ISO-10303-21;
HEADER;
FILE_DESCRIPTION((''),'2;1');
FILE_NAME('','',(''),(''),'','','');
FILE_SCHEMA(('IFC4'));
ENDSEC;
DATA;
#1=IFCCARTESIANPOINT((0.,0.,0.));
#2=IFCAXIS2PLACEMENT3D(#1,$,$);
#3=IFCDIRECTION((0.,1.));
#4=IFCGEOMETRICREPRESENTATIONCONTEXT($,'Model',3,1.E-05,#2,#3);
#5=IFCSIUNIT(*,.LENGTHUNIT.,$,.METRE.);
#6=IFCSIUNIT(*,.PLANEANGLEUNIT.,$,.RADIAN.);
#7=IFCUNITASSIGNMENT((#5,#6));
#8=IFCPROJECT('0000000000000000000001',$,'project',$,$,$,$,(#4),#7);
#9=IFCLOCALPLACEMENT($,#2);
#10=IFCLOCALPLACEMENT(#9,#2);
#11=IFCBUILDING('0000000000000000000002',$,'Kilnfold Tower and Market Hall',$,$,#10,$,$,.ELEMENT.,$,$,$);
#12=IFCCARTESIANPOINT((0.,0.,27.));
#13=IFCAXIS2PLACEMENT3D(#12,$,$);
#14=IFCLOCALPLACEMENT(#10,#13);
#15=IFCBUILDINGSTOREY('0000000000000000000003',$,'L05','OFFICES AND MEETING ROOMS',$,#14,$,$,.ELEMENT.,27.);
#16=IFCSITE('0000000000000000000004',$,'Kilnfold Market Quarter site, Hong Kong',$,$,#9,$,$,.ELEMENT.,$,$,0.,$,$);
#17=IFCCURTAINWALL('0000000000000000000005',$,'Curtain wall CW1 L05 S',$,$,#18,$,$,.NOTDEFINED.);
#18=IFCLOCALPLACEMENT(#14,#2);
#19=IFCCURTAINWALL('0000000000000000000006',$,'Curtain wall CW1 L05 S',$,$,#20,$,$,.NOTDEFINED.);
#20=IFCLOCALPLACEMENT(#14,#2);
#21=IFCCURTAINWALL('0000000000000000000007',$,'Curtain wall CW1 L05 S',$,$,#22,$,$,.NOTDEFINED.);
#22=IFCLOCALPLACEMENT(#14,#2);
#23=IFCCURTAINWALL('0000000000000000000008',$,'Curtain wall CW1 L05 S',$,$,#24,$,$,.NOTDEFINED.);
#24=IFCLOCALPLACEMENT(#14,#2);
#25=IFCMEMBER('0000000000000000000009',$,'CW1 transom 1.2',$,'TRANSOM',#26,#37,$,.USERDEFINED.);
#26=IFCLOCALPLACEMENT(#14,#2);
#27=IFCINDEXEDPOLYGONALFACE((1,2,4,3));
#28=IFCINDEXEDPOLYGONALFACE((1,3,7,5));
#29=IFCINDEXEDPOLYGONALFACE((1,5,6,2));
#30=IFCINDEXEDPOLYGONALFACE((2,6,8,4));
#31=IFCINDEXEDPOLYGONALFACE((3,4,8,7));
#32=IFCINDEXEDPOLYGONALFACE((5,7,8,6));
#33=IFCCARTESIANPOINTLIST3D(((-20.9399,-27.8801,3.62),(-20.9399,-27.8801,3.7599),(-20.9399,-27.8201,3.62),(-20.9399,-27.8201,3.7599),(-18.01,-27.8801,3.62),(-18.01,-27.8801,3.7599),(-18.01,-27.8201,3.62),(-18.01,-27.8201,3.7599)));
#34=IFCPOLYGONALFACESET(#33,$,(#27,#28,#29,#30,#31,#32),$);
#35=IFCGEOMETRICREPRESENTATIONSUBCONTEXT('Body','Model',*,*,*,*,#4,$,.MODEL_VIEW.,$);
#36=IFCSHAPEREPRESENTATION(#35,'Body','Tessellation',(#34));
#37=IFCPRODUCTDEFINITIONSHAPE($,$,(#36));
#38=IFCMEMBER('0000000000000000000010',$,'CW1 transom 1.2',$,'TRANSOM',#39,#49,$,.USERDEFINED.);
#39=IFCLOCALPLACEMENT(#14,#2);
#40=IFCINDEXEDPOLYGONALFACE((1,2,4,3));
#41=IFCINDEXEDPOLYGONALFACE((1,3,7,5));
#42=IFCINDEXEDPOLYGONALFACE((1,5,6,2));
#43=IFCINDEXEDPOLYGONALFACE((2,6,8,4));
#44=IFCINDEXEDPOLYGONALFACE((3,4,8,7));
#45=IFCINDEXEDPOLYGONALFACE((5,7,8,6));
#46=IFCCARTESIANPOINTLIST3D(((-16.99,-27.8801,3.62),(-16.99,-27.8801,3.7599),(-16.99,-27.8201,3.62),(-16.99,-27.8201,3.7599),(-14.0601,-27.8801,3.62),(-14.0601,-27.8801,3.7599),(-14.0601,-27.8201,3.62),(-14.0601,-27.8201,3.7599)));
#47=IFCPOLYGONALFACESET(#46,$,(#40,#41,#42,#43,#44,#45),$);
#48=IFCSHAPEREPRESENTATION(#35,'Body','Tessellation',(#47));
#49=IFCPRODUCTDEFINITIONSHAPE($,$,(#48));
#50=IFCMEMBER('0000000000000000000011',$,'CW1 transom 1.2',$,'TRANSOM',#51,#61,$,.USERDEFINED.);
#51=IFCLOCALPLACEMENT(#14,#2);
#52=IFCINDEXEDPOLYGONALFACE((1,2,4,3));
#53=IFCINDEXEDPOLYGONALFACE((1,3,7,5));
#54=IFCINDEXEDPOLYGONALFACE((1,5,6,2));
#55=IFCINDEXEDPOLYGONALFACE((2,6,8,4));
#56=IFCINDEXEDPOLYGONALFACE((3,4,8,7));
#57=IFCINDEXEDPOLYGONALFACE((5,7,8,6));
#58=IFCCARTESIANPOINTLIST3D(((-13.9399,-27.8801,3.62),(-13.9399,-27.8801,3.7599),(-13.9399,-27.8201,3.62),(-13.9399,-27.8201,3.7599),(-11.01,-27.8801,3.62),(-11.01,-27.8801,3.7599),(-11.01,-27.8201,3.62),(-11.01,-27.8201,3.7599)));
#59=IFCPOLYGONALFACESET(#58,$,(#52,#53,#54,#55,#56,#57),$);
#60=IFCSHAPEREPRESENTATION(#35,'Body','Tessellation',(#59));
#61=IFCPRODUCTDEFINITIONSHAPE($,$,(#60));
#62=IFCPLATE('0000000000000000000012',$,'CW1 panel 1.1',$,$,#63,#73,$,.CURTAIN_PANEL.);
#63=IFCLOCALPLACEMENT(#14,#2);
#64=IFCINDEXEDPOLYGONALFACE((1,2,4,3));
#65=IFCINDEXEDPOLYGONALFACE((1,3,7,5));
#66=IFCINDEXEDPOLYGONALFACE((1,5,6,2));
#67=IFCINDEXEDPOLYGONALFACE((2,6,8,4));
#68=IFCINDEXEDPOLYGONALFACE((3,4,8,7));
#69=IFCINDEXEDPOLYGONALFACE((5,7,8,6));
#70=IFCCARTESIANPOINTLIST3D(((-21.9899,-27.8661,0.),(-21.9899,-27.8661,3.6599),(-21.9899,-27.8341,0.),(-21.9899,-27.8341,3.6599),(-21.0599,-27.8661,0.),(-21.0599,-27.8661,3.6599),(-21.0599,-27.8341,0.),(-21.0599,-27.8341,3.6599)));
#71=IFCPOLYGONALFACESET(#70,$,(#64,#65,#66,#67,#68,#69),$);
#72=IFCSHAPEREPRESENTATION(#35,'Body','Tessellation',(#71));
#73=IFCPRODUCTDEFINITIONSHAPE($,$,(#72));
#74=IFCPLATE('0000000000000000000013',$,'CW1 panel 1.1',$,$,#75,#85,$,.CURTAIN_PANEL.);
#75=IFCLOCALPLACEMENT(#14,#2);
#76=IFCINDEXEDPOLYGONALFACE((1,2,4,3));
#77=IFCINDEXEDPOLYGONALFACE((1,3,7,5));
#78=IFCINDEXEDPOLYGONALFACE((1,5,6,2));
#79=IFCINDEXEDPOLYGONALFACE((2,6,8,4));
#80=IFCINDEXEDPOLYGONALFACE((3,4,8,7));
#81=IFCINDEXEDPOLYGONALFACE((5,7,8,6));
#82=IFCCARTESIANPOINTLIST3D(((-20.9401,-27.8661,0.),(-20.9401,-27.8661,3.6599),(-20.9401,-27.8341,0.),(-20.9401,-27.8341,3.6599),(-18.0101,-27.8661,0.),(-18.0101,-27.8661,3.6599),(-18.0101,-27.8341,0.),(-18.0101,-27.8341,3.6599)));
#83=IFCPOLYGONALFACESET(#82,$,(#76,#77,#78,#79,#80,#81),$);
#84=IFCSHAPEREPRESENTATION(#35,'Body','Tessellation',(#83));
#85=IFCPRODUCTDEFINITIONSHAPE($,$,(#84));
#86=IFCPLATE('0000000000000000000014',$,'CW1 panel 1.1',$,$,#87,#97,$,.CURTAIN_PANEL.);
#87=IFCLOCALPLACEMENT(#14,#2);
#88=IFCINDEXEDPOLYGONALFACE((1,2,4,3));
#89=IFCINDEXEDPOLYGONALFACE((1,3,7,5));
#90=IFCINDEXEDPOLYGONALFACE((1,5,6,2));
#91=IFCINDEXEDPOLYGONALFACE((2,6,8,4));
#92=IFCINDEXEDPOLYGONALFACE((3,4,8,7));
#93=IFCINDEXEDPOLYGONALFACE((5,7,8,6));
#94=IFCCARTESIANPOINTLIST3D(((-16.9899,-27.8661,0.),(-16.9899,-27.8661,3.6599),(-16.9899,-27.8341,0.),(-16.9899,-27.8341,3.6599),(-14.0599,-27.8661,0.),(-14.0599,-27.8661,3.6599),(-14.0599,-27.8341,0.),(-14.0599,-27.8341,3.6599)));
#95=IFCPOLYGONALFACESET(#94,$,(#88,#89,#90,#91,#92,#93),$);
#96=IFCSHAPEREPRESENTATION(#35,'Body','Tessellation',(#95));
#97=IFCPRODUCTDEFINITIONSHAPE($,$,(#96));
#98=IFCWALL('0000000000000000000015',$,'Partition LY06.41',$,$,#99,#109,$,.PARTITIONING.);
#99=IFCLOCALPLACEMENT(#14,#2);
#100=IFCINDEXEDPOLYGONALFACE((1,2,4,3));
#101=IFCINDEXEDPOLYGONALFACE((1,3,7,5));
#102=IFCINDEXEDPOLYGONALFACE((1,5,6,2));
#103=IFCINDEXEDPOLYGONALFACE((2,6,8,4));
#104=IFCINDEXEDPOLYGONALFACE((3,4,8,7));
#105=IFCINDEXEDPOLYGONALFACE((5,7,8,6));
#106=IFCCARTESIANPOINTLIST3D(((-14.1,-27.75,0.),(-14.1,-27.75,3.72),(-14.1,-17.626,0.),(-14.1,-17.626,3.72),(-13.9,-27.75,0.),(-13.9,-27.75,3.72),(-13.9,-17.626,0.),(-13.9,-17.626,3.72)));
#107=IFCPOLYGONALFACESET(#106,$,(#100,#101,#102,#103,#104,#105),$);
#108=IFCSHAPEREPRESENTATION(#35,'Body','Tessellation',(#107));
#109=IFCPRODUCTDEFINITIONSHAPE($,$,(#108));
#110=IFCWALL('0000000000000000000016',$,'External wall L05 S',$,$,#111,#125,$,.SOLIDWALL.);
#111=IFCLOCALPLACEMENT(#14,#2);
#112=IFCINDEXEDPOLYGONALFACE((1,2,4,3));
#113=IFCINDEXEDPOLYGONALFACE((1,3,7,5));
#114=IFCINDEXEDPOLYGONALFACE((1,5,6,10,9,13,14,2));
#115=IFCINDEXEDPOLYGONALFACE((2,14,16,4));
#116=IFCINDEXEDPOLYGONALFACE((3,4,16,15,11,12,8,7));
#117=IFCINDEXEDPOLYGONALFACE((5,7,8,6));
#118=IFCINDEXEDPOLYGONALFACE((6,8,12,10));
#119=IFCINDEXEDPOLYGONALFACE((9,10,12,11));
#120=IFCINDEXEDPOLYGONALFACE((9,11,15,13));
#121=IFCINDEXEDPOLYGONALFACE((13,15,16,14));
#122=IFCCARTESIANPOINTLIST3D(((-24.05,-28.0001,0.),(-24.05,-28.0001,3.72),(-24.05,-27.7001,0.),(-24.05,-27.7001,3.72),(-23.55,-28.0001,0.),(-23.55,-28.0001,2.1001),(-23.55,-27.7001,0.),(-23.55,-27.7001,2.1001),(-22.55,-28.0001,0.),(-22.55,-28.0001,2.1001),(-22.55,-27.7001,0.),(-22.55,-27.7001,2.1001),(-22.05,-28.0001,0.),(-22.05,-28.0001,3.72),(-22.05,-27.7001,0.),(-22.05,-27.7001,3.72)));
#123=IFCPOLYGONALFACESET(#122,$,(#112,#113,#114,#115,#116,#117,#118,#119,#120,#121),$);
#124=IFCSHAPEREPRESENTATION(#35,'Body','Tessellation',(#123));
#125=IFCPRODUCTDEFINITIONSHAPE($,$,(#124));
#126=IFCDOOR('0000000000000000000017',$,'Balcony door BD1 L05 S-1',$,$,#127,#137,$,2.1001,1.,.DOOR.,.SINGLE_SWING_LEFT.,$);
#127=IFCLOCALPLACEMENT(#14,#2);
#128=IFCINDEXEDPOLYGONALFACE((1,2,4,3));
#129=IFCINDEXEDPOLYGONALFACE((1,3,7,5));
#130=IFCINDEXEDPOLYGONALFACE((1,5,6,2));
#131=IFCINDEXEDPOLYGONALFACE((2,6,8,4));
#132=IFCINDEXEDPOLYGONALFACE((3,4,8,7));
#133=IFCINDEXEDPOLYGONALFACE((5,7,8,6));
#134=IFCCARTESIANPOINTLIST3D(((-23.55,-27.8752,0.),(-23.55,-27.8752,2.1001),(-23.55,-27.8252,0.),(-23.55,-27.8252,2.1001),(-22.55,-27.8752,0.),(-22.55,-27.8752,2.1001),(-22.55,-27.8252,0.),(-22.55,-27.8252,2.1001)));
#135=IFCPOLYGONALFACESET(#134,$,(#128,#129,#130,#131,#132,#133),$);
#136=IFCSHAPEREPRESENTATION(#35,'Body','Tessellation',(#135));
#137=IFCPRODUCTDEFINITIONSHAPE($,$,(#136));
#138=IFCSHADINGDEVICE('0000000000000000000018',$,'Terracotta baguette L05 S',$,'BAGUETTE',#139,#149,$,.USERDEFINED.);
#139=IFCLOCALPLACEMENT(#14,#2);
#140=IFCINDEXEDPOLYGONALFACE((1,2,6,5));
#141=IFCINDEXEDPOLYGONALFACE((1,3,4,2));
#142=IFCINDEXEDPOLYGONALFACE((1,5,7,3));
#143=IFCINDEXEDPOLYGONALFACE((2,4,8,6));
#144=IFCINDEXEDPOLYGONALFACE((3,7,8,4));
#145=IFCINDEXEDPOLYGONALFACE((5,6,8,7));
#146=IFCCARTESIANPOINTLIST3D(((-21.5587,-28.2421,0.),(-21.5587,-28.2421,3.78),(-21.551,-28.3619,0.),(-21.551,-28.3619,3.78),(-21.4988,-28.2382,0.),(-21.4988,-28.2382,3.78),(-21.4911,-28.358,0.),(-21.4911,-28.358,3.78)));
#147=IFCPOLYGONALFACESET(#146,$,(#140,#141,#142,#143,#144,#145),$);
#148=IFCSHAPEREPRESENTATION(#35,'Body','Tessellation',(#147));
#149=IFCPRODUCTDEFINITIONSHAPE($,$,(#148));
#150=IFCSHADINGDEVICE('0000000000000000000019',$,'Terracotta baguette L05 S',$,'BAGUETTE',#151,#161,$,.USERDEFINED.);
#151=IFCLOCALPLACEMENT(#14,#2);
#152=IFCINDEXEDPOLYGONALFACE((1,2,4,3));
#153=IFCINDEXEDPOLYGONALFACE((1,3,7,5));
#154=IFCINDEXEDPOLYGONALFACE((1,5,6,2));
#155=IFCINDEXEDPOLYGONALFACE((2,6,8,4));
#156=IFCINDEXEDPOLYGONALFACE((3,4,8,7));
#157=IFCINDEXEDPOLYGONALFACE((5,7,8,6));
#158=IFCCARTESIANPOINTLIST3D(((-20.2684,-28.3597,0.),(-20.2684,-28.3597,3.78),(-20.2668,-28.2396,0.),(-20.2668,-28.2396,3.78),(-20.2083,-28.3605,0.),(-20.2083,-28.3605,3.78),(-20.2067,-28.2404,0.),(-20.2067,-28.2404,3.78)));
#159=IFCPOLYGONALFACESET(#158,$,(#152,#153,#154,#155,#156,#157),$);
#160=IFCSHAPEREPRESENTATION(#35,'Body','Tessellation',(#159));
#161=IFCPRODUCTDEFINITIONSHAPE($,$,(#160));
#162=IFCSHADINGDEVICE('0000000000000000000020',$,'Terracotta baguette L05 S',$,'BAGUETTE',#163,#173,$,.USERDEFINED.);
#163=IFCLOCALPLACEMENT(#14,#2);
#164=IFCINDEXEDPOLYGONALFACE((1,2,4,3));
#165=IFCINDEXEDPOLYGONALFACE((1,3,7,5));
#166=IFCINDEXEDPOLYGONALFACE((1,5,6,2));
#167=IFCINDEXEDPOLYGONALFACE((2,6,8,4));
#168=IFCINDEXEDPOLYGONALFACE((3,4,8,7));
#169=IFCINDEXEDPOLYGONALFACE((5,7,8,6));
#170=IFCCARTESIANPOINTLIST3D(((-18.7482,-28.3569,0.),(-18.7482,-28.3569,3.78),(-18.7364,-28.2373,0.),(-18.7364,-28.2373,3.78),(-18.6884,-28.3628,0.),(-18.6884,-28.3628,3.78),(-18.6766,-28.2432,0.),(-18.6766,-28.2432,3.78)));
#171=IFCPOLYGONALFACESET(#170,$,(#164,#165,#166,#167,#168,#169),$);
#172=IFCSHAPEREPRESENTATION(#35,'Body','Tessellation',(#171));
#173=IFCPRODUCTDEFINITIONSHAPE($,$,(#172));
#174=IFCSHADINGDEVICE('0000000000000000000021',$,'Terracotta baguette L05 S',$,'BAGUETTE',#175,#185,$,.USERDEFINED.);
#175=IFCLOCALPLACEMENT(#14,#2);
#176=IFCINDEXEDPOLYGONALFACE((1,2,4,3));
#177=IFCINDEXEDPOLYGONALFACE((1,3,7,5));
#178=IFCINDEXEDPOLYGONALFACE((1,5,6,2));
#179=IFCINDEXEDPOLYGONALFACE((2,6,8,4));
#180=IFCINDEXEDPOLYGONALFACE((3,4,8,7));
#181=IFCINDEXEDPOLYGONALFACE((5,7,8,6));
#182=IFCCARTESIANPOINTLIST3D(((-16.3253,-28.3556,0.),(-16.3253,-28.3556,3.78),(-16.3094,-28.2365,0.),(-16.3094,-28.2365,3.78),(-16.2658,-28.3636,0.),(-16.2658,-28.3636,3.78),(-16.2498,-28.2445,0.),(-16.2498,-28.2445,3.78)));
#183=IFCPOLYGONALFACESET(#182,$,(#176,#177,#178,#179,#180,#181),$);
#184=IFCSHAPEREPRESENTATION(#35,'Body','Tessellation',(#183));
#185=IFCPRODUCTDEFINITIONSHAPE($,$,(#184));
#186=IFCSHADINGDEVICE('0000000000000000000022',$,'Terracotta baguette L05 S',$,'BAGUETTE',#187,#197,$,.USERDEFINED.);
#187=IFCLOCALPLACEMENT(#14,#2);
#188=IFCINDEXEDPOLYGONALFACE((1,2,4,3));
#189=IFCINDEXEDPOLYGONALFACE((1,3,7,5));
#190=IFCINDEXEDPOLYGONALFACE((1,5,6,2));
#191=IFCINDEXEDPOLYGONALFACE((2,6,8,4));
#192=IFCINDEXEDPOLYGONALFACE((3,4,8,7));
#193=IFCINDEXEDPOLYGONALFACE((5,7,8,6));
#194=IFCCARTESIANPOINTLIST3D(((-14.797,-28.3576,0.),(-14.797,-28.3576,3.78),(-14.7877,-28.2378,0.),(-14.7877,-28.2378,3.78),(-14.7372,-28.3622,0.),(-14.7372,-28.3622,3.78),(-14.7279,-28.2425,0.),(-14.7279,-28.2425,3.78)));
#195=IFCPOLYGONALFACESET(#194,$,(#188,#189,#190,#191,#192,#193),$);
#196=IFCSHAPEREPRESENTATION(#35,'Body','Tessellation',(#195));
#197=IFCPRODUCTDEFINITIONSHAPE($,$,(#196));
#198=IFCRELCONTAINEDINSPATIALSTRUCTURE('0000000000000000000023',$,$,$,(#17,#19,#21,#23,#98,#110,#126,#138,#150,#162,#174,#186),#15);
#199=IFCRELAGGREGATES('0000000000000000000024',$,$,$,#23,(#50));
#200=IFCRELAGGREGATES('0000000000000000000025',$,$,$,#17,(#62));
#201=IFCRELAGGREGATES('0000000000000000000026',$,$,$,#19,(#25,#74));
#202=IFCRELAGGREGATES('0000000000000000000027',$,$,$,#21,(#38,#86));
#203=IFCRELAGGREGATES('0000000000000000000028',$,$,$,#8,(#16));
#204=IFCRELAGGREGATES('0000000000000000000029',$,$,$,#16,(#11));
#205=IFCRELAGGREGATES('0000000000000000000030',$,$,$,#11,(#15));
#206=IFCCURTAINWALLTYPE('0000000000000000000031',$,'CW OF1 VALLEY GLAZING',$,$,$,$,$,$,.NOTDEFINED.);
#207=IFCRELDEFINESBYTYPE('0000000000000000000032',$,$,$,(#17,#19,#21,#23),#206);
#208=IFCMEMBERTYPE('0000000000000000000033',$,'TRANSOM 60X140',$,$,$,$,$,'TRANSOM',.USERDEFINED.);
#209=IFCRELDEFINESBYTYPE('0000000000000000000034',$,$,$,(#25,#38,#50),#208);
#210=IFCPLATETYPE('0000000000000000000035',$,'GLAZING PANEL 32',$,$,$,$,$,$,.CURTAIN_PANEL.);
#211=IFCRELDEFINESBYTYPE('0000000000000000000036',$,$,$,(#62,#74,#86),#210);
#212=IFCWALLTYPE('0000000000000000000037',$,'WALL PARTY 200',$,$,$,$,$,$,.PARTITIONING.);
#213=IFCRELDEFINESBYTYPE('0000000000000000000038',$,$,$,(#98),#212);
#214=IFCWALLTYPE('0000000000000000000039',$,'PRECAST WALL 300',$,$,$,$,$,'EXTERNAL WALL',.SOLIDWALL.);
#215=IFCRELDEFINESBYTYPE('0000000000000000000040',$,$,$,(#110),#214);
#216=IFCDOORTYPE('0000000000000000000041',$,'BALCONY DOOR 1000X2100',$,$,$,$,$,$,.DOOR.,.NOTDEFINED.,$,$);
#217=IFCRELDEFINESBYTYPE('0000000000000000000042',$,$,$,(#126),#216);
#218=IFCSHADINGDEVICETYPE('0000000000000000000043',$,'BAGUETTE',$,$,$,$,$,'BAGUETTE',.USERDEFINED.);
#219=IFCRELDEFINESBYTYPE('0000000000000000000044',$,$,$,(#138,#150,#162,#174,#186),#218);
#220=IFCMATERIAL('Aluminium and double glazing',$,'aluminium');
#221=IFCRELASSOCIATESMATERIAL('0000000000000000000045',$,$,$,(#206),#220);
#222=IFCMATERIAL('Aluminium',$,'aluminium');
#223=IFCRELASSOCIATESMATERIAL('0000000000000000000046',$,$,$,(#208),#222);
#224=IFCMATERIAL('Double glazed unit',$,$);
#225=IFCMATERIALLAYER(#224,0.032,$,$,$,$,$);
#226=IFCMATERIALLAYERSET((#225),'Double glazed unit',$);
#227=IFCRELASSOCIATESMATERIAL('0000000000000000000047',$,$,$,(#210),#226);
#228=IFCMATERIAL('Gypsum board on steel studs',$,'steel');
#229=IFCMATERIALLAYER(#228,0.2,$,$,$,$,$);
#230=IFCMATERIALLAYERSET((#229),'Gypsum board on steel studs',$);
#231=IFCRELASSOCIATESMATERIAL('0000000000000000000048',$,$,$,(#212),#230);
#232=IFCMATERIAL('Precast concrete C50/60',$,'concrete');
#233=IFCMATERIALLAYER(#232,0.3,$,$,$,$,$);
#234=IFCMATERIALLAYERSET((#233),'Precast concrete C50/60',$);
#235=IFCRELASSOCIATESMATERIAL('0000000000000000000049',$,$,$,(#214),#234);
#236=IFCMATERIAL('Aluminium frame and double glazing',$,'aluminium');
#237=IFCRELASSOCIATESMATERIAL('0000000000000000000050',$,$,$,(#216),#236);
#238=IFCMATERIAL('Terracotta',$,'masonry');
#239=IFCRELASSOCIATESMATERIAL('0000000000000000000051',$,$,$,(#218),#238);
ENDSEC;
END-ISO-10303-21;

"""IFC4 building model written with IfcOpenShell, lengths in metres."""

from ifc_helpers import new_model, si_unit, direction, frame, frame_2d, origin, origin_2d, place, context, subcontext, project, spatial, rectangle, extrude, source, transform, mapped, material, layer, layer_set, material_profile, profile_set, type_object, element, fill, aggregate, save


model = new_model("IFC4")

# Units and contexts
model_context = context("Model", 3, precision=1e-05, world=origin(), true_north=direction((0.0, 1.0)))
body_context = subcontext(model_context, "Body", "Model", "MODEL_VIEW")
ifc_project = project(units=[si_unit("LENGTHUNIT", "METRE"), si_unit("PLANEANGLEUNIT", "RADIAN")], contexts=[model_context])

# Site, building, storey
site_placement = place(None, origin())
site = spatial("IfcSite", under=ifc_project, at=site_placement, Name="Kilnfold Market Quarter site, Hong Kong", CompositionType="ELEMENT", RefElevation=0.0)
building_placement = place(site_placement, origin())
building = spatial("IfcBuilding", under=site, at=building_placement, Name="Kilnfold Tower and Market Hall", CompositionType="ELEMENT")
storey_placement = place(building_placement, frame((0.0, 0.0, 27.0)))
storey = spatial("IfcBuildingStorey", under=building, at=storey_placement, Name="L05", Description="OFFICES AND MEETING ROOMS", CompositionType="ELEMENT", Elevation=27.0)

# Curtain walls
ifc_material_1 = material(Name="Aluminium and double glazing", Category="aluminium")
curtain_wall_type = type_object("IfcCurtainWallType", Name="CW OF1 VALLEY GLAZING", PredefinedType="NOTDEFINED", material=ifc_material_1)
curtain_wall_1_placement = place(storey_placement, origin())
curtain_wall_1 = element("IfcCurtainWall", 1, at=curtain_wall_1_placement, inside=storey, type_object=curtain_wall_type, Name="Curtain wall CW1 L05 S", PredefinedType="NOTDEFINED")
curtain_wall_2_placement = place(storey_placement, origin())
curtain_wall_2 = element("IfcCurtainWall", 2, at=curtain_wall_2_placement, inside=storey, type_object=curtain_wall_type, Name="Curtain wall CW1 L05 S", PredefinedType="NOTDEFINED")
curtain_wall_3_placement = place(storey_placement, origin())
curtain_wall_3 = element("IfcCurtainWall", 3, at=curtain_wall_3_placement, inside=storey, type_object=curtain_wall_type, Name="Curtain wall CW1 L05 S", PredefinedType="NOTDEFINED")

# Curtain wall
curtain_wall_4_placement = place(storey_placement, origin())
curtain_wall_4 = element("IfcCurtainWall", 4, at=curtain_wall_4_placement, inside=storey, type_object=curtain_wall_type, Name="Curtain wall CW1 L05 S", PredefinedType="NOTDEFINED")

# Members
ifc_material_2 = material(Name="Aluminium", Category="aluminium")
ifc_material_profile_1 = material_profile(ifc_material_2, rectangle(XDim=0.0601, YDim=0.1399, at=origin_2d()), Name="TRANSOM 60x140")
ifc_profile_set_1 = profile_set([ifc_material_profile_1], Name="Aluminium")
member_type_1 = type_object("IfcMemberType", Name="TRANSOM 60X140", ElementType="TRANSOM", PredefinedType="USERDEFINED", material=ifc_profile_set_1)
shared_shape_1 = source(origin(), body_context, "Body", "SweptSolid", [
    extrude(rectangle(XDim=0.0601, YDim=0.1399, at=origin_2d()), origin(), (0.0, 0.0, 1.0), 2.9299),
])
member_1_placement = place(storey_placement, frame((-20.9399, -27.8501, 3.6899), z_axis=(1.0, 0.0, 0.0), x_axis=(0.0, 1.0, 0.0)))
member_1 = element("IfcMember", 5, at=member_1_placement, type_object=member_type_1, Name="CW1 transom 1.2", ObjectType="TRANSOM", PredefinedType="USERDEFINED", context=body_context, shape_type="MappedRepresentation", body=[
    mapped(shared_shape_1, transform((0.0, 0.0, 0.0))),
])
member_2_placement = place(storey_placement, frame((-16.99, -27.8501, 3.6899), z_axis=(1.0, 0.0, 0.0), x_axis=(0.0, 1.0, 0.0)))
member_2 = element("IfcMember", 6, at=member_2_placement, type_object=member_type_1, Name="CW1 transom 1.2", ObjectType="TRANSOM", PredefinedType="USERDEFINED", context=body_context, shape_type="MappedRepresentation", body=[
    mapped(shared_shape_1, transform((0.0, 0.0, 0.0))),
])
member_3_placement = place(storey_placement, frame((-13.9399, -27.8501, 3.6899), z_axis=(1.0, 0.0, 0.0), x_axis=(0.0, 1.0, 0.0)))
member_3 = element("IfcMember", 7, at=member_3_placement, type_object=member_type_1, Name="CW1 transom 1.2", ObjectType="TRANSOM", PredefinedType="USERDEFINED", context=body_context, shape_type="MappedRepresentation", body=[
    mapped(shared_shape_1, transform((0.0, 0.0, 0.0))),
])
aggregate(curtain_wall_4, [member_3])

# Plates
ifc_material_3 = material(Name="Double glazed unit")
ifc_layer_1 = layer(ifc_material_3, 0.032)
ifc_layer_set_1 = layer_set([ifc_layer_1], Name="Double glazed unit")
plate_type = type_object("IfcPlateType", Name="GLAZING PANEL 32", PredefinedType="CURTAIN_PANEL", material=ifc_layer_set_1)
shared_shape_2 = source(origin(), body_context, "Body", "SweptSolid", [
    extrude(rectangle(XDim=0.9299, YDim=0.032, at=origin_2d()), origin(), (0.0, 0.0, 1.0), 3.6599),
])
plate_1_placement = place(storey_placement, frame((-21.5249, -27.8501, 0.0), z_axis=(0.0, 0.0, 1.0), x_axis=(1.0, 0.0, 0.0)))
plate_1 = element("IfcPlate", 8, at=plate_1_placement, type_object=plate_type, Name="CW1 panel 1.1", PredefinedType="CURTAIN_PANEL", context=body_context, shape_type="MappedRepresentation", body=[
    mapped(shared_shape_2, transform((0.0, 0.0, 0.0))),
])
aggregate(curtain_wall_1, [plate_1])
shared_shape_3 = source(origin(), body_context, "Body", "SweptSolid", [
    extrude(rectangle(XDim=2.9299, YDim=0.032, at=origin_2d()), origin(), (0.0, 0.0, 1.0), 3.6599),
])
plate_2_placement = place(storey_placement, frame((-19.4751, -27.8501, 0.0), z_axis=(0.0, 0.0, 1.0), x_axis=(1.0, 0.0, 0.0)))
plate_2 = element("IfcPlate", 9, at=plate_2_placement, type_object=plate_type, Name="CW1 panel 1.1", PredefinedType="CURTAIN_PANEL", context=body_context, shape_type="MappedRepresentation", body=[
    mapped(shared_shape_3, transform((0.0, 0.0, 0.0))),
])
aggregate(curtain_wall_2, [member_1, plate_2])
plate_3_placement = place(storey_placement, frame((-15.5249, -27.8501, 0.0), z_axis=(0.0, 0.0, 1.0), x_axis=(1.0, 0.0, 0.0)))
plate_3 = element("IfcPlate", 10, at=plate_3_placement, type_object=plate_type, Name="CW1 panel 1.1", PredefinedType="CURTAIN_PANEL", context=body_context, shape_type="MappedRepresentation", body=[
    mapped(shared_shape_3, transform((0.0, 0.0, 0.0))),
])
aggregate(curtain_wall_3, [member_2, plate_3])

# Wall
ifc_material_4 = material(Name="Gypsum board on steel studs", Category="steel")
ifc_layer_2 = layer(ifc_material_4, 0.2)
ifc_layer_set_2 = layer_set([ifc_layer_2], Name="Gypsum board on steel studs")
wall_type_1 = type_object("IfcWallType", Name="WALL PARTY 200", PredefinedType="PARTITIONING", material=ifc_layer_set_2)
wall_1_placement = place(storey_placement, frame((-14.0, -27.75, 0.0), z_axis=(0.0, 0.0, 1.0), x_axis=(0.0, 1.0, 0.0)))
element("IfcWall", 11, at=wall_1_placement, inside=storey, type_object=wall_type_1, Name="Partition LY06.41", PredefinedType="PARTITIONING", context=body_context, shape_type="SweptSolid", body=[
    extrude(rectangle(XDim=10.124, YDim=0.2, at=frame_2d((5.062, 0.0))), origin(), (0.0, 0.0, 1.0), 3.72),
])

# Wall, opening, door
ifc_material_5 = material(Name="Precast concrete C50/60", Category="concrete")
ifc_layer_3 = layer(ifc_material_5, 0.3)
ifc_layer_set_3 = layer_set([ifc_layer_3], Name="Precast concrete C50/60")
wall_type_2 = type_object("IfcWallType", Name="PRECAST WALL 300", ElementType="EXTERNAL WALL", PredefinedType="SOLIDWALL", material=ifc_layer_set_3)
shared_shape_4 = source(origin(), body_context, "Body", "SweptSolid", [
    extrude(rectangle(XDim=2.0, YDim=0.3, at=frame_2d((1.0, 0.0))), origin(), (0.0, 0.0, 1.0), 3.72),
])
wall_2_placement = place(storey_placement, frame((-24.05, -27.8501, 0.0), z_axis=(0.0, 0.0, 1.0), x_axis=(1.0, 0.0, 0.0)))
wall_2 = element("IfcWall", 12, at=wall_2_placement, inside=storey, type_object=wall_type_2, Name="External wall L05 S", PredefinedType="SOLIDWALL", context=body_context, shape_type="MappedRepresentation", body=[
    mapped(shared_shape_4, transform((0.0, 0.0, 0.0))),
])
opening_placement = place(wall_2_placement, frame((0.5, 0.0, 0.0)))
opening = element("IfcOpeningElement", 13, at=opening_placement, cuts=wall_2, PredefinedType="OPENING", context=body_context, shape_type="SweptSolid", body=[
    extrude(rectangle(XDim=1.0, YDim=2.1001, at=frame_2d((0.5, 1.05))), frame((0.0, 0.1602, 0.0), z_axis=(0.0, -1.0, 0.0), x_axis=(1.0, 0.0, 0.0)), (0.0, 0.0, 1.0), 0.3201),
])
ifc_material_6 = material(Name="Aluminium frame and double glazing", Category="aluminium")
door_type = type_object("IfcDoorType", Name="BALCONY DOOR 1000X2100", OperationType="NOTDEFINED", PredefinedType="DOOR", material=ifc_material_6)
door_placement = place(opening_placement, origin())
door = element("IfcDoor", 14, at=door_placement, inside=storey, type_object=door_type, Name="Balcony door BD1 L05 S-1", OperationType="SINGLE_SWING_LEFT", OverallHeight=2.1001, OverallWidth=1.0, PredefinedType="DOOR", context=body_context, shape_type="SweptSolid", body=[
    extrude(rectangle(XDim=1.0, YDim=2.1001, at=frame_2d((0.5, 1.05))), frame((0.0, 0.0249, 0.0), z_axis=(0.0, -1.0, 0.0), x_axis=(1.0, 0.0, 0.0)), (0.0, 0.0, 1.0), 0.05),
])
fill(opening, door)

# Shading devices
ifc_material_7 = material(Name="Terracotta", Category="masonry")
ifc_material_profile_2 = material_profile(ifc_material_7, rectangle(XDim=0.0601, YDim=0.1201, at=origin_2d()), Name="BAG 60x120")
ifc_profile_set_2 = profile_set([ifc_material_profile_2], Name="Terracotta")
shading_device_type = type_object("IfcShadingDeviceType", Name="BAGUETTE", ElementType="BAGUETTE", PredefinedType="USERDEFINED", material=ifc_profile_set_2)
shared_shape_5 = source(origin(), body_context, "Body", "SweptSolid", [
    extrude(rectangle(XDim=0.0601, YDim=0.1201, at=origin_2d()), origin(), (0.0, 0.0, 1.0), 3.78),
])
for number, where, z_axis, x_axis, name in (
    (15, (-21.5249, -28.3, 0.0), (0.0, 0.0, 1.0), (0.997917, 0.064513, 0.0), "Terracotta baguette L05 S"),
    (16, (-20.2375, -28.3, 0.0), (0.0, 0.0, 1.0), (0.999908, -0.013545, 0.0), "Terracotta baguette L05 S"),
    (17, (-18.7124, -28.3, 0.0), (0.0, 0.0, 1.0), (0.995167, -0.098194, 0.0), "Terracotta baguette L05 S"),
    (18, (-16.2876, -28.3, 0.0), (0.0, 0.0, 1.0), (0.991112, -0.133031, 0.0), "Terracotta baguette L05 S"),
    (19, (-14.7625, -28.3, 0.0), (0.0, 0.0, 1.0), (0.997009, -0.077286, 0.0), "Terracotta baguette L05 S"),
):
    element("IfcShadingDevice", number, at=place(storey_placement, frame(where, z_axis=z_axis, x_axis=x_axis)), inside=storey, type_object=shading_device_type, Name=name, ObjectType="BAGUETTE", PredefinedType="USERDEFINED", context=body_context, shape_type="MappedRepresentation", body=[
        mapped(shared_shape_5, transform((0.0, 0.0, 0.0))),
    ])

save(model, "model.ifc")
